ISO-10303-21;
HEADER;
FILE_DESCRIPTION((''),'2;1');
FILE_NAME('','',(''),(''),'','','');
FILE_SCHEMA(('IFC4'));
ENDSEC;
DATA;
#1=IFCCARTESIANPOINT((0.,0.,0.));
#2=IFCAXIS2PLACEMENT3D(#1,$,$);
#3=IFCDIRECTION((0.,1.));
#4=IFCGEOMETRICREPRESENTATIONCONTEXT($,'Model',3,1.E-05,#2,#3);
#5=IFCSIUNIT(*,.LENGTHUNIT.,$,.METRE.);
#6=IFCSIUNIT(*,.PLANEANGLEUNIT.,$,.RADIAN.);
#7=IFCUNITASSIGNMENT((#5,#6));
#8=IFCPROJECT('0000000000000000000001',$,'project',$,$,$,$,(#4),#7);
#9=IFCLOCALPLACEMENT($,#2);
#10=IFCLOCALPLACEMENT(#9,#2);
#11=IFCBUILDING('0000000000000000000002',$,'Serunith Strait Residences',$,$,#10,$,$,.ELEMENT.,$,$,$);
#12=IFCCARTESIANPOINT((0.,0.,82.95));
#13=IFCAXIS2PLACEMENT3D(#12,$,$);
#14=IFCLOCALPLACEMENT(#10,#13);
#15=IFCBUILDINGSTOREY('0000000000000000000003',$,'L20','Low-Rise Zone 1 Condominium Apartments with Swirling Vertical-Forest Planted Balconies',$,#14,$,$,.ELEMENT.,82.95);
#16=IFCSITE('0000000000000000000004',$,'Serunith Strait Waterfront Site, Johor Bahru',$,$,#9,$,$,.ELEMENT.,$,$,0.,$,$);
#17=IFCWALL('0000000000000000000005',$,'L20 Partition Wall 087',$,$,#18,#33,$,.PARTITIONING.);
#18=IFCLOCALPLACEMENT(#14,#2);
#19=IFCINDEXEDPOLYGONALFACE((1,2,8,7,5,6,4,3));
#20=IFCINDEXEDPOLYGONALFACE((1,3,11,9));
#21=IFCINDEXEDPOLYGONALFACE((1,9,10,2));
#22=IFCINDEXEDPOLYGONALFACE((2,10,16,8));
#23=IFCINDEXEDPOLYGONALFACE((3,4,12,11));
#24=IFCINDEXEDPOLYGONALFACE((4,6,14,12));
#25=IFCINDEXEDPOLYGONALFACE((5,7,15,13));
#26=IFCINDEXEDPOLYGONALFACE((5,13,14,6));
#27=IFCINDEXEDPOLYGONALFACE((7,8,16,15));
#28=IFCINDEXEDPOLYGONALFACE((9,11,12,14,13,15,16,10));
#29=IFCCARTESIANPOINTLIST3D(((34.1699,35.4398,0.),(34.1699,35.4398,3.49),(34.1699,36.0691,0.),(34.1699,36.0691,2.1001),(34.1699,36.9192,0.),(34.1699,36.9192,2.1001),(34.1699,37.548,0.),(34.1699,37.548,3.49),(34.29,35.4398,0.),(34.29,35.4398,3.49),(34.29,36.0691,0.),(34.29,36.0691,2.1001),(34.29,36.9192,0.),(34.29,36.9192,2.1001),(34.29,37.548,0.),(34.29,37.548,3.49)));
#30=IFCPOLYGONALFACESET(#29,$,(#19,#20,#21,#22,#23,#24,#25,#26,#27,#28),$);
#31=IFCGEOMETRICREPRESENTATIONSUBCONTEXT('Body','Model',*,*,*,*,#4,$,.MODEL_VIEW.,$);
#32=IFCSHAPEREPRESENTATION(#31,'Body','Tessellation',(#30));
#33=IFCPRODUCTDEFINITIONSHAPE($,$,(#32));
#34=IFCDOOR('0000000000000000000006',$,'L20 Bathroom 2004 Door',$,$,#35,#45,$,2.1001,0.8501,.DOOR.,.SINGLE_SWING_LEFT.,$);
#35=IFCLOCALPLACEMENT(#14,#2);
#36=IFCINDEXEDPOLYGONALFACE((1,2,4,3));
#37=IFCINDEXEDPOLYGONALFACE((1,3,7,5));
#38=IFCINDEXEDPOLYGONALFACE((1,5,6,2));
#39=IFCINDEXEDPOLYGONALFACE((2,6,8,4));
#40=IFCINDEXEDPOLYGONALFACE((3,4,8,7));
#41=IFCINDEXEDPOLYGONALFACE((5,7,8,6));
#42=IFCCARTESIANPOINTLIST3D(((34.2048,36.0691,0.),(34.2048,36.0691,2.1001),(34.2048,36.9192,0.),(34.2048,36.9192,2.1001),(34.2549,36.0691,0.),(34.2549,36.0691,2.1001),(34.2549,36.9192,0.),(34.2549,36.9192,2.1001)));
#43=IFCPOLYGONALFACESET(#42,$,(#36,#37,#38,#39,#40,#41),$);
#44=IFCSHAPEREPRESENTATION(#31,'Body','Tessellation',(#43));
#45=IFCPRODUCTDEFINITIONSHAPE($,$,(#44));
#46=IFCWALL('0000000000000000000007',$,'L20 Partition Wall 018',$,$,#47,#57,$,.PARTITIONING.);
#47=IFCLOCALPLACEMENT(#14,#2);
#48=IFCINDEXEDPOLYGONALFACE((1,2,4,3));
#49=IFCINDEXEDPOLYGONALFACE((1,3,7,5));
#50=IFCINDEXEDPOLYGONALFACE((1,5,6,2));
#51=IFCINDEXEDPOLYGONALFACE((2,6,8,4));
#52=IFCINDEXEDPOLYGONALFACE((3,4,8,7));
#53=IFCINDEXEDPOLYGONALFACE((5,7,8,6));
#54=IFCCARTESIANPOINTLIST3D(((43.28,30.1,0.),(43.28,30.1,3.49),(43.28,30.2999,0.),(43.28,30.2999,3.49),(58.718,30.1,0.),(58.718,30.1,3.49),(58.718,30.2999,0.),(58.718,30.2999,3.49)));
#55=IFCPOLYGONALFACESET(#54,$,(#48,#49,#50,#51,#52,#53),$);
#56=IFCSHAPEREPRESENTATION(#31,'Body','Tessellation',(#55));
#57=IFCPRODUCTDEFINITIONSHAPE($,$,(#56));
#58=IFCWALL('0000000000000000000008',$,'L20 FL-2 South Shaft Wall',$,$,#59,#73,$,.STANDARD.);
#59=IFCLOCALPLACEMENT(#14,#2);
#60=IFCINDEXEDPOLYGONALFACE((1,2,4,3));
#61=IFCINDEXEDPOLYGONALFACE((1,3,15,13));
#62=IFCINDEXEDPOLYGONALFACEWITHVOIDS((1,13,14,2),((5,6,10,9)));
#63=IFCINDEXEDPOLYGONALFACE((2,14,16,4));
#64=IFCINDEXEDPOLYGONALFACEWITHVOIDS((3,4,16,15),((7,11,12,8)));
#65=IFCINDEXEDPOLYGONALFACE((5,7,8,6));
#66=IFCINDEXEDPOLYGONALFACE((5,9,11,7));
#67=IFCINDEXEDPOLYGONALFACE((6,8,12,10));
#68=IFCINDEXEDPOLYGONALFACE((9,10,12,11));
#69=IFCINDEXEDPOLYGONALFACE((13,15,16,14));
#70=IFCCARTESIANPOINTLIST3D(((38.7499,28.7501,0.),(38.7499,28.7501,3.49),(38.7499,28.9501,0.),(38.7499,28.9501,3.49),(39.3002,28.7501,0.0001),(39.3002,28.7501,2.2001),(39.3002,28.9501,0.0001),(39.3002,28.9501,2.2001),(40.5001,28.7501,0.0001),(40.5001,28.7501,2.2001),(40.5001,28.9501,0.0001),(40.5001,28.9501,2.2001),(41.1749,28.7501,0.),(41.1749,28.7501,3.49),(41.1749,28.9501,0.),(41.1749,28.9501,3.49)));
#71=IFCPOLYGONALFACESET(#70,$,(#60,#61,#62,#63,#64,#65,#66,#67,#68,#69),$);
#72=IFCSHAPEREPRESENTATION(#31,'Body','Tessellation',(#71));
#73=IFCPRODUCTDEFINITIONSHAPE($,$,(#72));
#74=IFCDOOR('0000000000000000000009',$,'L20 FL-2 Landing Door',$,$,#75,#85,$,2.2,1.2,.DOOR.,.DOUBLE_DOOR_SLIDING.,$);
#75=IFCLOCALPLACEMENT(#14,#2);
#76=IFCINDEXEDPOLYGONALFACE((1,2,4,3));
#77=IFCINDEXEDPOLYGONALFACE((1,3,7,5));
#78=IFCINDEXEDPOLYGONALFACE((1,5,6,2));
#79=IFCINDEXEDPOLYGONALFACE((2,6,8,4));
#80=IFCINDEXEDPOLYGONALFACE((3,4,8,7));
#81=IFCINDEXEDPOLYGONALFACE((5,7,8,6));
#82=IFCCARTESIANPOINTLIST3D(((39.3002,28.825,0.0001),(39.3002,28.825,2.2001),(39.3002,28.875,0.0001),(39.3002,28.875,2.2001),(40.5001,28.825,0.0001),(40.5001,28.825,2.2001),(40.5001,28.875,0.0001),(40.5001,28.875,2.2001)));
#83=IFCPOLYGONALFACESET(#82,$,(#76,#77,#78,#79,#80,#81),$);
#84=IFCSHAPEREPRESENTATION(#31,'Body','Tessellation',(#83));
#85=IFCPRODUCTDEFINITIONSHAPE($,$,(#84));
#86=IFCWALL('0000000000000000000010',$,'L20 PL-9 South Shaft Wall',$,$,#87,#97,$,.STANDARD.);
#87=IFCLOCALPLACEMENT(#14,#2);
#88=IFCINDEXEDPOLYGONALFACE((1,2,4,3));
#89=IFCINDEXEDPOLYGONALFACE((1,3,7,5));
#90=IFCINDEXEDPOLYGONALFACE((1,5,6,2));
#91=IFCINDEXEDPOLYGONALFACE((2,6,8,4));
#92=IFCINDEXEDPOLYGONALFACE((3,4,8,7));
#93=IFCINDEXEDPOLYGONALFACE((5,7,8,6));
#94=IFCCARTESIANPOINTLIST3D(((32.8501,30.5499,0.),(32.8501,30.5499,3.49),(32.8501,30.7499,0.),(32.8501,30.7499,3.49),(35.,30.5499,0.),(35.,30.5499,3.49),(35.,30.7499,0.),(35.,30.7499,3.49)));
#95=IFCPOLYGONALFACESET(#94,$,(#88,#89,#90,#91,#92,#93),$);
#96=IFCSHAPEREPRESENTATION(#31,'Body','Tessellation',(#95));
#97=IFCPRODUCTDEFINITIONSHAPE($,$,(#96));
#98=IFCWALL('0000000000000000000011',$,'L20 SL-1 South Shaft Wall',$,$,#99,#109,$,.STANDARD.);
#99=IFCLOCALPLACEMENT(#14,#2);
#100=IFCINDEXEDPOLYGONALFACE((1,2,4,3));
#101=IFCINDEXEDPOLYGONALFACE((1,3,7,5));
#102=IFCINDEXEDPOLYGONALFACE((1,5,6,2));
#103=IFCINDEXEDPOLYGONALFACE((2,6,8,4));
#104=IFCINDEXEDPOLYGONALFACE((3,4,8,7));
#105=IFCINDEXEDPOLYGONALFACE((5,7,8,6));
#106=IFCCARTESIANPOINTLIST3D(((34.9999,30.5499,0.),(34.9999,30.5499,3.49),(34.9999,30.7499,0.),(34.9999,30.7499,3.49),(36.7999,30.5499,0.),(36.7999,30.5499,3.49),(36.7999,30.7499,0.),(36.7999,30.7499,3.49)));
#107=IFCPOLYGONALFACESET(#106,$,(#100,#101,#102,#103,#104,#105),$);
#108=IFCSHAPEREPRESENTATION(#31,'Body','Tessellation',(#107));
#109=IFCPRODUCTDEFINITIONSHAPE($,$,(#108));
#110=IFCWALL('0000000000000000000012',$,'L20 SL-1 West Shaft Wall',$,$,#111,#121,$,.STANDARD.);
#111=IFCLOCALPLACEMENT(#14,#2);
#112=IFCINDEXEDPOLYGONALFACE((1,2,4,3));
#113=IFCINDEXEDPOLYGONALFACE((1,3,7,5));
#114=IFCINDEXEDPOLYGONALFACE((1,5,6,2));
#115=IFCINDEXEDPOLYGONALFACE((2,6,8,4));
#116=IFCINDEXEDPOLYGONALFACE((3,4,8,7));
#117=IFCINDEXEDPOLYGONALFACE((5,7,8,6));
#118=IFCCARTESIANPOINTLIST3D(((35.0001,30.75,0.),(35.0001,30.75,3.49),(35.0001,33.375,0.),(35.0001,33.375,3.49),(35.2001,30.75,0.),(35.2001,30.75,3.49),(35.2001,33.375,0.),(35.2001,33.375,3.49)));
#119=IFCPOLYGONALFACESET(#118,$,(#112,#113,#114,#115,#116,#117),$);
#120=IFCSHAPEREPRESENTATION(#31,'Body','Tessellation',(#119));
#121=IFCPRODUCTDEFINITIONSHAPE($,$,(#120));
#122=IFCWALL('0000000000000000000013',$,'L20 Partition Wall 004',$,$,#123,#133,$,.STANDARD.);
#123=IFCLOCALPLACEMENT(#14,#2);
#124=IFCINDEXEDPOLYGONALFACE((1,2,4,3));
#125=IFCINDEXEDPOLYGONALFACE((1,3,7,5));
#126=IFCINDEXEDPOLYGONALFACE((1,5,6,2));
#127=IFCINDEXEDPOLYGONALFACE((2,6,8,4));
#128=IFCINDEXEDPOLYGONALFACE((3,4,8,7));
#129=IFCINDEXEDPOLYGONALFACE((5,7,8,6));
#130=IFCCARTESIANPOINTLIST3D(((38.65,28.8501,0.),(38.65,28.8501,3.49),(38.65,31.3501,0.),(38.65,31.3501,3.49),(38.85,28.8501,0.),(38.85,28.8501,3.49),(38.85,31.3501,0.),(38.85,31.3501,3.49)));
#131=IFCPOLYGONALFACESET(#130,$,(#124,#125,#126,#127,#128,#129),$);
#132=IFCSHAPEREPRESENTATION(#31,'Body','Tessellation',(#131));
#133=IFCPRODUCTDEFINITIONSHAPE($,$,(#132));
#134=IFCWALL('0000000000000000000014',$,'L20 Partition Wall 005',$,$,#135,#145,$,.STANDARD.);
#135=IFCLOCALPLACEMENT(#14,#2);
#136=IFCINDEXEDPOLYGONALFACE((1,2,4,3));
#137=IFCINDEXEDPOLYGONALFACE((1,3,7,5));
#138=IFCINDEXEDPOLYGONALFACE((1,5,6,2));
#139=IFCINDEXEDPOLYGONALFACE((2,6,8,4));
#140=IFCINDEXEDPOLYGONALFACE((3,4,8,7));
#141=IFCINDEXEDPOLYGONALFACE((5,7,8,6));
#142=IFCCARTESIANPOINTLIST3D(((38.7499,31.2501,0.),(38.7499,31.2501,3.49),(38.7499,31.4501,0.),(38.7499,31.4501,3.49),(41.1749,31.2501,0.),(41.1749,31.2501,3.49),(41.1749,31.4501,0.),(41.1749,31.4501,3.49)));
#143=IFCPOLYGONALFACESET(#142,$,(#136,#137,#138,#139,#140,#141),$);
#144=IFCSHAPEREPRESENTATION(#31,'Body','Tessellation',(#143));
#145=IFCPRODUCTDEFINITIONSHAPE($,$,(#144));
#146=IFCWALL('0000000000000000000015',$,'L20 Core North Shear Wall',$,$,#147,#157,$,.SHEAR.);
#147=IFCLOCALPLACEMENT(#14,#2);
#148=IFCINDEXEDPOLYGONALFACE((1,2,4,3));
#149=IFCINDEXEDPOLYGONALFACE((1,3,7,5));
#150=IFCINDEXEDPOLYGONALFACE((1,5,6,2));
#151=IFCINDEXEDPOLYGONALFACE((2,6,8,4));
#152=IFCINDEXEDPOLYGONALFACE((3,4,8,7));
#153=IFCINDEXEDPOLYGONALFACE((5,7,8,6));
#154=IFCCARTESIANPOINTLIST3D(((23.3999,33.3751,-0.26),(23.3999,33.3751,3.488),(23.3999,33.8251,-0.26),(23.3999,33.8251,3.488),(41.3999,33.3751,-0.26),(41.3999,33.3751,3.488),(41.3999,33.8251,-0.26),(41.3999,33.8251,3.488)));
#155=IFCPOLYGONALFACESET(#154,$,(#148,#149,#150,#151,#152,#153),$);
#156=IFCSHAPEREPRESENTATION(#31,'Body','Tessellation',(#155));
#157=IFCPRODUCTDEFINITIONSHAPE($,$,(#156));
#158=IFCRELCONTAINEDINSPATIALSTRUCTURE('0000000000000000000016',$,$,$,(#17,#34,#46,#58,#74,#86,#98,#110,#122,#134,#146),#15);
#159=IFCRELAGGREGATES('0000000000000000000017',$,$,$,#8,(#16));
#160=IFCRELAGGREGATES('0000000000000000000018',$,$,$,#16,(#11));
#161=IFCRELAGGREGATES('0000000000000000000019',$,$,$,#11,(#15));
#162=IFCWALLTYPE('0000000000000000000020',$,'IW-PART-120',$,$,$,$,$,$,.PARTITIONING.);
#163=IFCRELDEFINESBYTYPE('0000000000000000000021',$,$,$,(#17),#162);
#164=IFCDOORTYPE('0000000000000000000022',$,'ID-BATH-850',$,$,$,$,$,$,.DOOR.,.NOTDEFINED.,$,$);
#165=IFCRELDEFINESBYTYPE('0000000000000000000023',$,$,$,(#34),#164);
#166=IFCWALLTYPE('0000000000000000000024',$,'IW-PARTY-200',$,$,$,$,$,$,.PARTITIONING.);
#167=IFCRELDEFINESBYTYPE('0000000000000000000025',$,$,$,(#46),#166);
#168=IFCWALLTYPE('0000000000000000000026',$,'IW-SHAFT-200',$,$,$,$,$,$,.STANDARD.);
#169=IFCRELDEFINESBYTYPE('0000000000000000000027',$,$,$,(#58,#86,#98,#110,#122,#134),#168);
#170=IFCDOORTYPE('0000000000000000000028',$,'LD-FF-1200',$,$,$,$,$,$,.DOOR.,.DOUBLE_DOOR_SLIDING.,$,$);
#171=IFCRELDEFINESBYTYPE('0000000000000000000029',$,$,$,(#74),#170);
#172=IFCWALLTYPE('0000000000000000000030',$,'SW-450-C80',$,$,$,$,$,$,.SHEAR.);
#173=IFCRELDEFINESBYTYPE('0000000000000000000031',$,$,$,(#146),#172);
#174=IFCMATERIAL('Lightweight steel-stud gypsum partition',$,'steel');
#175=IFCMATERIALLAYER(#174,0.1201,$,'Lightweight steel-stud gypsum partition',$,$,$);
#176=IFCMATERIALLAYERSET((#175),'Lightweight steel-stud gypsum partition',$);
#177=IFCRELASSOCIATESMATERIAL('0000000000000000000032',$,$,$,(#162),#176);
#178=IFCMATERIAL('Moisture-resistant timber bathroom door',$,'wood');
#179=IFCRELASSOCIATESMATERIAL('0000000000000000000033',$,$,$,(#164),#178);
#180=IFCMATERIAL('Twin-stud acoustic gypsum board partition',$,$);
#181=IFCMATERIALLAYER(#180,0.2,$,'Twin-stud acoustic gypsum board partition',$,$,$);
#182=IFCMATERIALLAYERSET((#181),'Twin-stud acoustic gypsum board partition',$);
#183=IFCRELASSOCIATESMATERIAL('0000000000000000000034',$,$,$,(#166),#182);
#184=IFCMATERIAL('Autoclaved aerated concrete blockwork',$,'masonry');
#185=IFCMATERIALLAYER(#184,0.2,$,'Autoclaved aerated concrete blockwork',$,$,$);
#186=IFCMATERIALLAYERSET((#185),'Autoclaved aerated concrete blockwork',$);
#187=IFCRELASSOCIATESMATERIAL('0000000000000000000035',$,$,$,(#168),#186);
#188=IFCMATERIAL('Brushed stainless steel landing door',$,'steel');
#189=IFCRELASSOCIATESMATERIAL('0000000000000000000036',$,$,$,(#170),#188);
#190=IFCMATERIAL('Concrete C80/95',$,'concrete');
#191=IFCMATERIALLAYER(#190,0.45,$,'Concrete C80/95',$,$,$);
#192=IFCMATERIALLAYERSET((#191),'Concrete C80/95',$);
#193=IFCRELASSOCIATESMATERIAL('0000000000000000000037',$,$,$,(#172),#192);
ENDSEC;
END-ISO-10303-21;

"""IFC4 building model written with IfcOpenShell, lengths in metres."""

from ifc_helpers import new_model, si_unit, direction, frame, frame_2d, origin, place, context, subcontext, project, spatial, rectangle, extrude, source, transform, mapped, material, layer, layer_set, type_object, element, fill, save


model = new_model("IFC4")

# Units and contexts
model_context = context("Model", 3, precision=1e-05, world=origin(), true_north=direction((0.0, 1.0)))
body_context = subcontext(model_context, "Body", "Model", "MODEL_VIEW")
ifc_project = project(units=[si_unit("LENGTHUNIT", "METRE"), si_unit("PLANEANGLEUNIT", "RADIAN")], contexts=[model_context])

# Site, building, storey
site_placement = place(None, origin())
site = spatial("IfcSite", under=ifc_project, at=site_placement, Name="Serunith Strait Waterfront Site, Johor Bahru", CompositionType="ELEMENT", RefElevation=0.0)
building_placement = place(site_placement, origin())
building = spatial("IfcBuilding", under=site, at=building_placement, Name="Serunith Strait Residences", CompositionType="ELEMENT")
storey_placement = place(building_placement, frame((0.0, 0.0, 82.95)))
storey = spatial("IfcBuildingStorey", under=building, at=storey_placement, Name="L20", Description="Low-Rise Zone 1 Condominium Apartments with Swirling Vertical-Forest Planted Balconies", CompositionType="ELEMENT", Elevation=82.95)

# Wall, opening, door
shared_shape_1 = source(origin(), body_context, "Body", "SweptSolid", [
    extrude(rectangle(XDim=0.8501, YDim=2.1001, at=frame_2d((0.425, 1.05))), frame((0.0, 0.0249, 0.0), z_axis=(0.0, -1.0, 0.0), x_axis=(1.0, 0.0, 0.0)), (0.0, 0.0, 1.0), 0.05),
])
ifc_material_1 = material(Name="Lightweight steel-stud gypsum partition", Category="steel")
ifc_layer_1 = layer(ifc_material_1, 0.1201, Name="Lightweight steel-stud gypsum partition")
ifc_layer_set_1 = layer_set([ifc_layer_1], Name="Lightweight steel-stud gypsum partition")
wall_type_1 = type_object("IfcWallType", Name="IW-PART-120", PredefinedType="PARTITIONING", material=ifc_layer_set_1)
wall_1_placement = place(storey_placement, frame((34.23, 37.5481, 0.0), z_axis=(0.0, 0.0, 1.0), x_axis=(0.0, -1.0, 0.0)))
wall_1 = element("IfcWall", 1, at=wall_1_placement, inside=storey, type_object=wall_type_1, Name="L20 Partition Wall 087", PredefinedType="PARTITIONING", context=body_context, shape_type="SweptSolid", body=[
    extrude(rectangle(XDim=2.1082, YDim=0.1201, at=frame_2d((1.0542, 0.0))), origin(), (0.0, 0.0, 1.0), 3.49),
])
opening_1_placement = place(wall_1_placement, frame((0.6289, 0.0, 0.0)))
opening_1 = element("IfcOpeningElement", 2, at=opening_1_placement, cuts=wall_1, PredefinedType="OPENING", context=body_context, shape_type="SweptSolid", body=[
    extrude(rectangle(XDim=0.8501, YDim=2.1001, at=frame_2d((0.425, 1.05))), frame((0.0, 0.0701, 0.0), z_axis=(0.0, -1.0, 0.0), x_axis=(1.0, 0.0, 0.0)), (0.0, 0.0, 1.0), 0.1401),
])
ifc_material_2 = material(Name="Moisture-resistant timber bathroom door", Category="wood")
door_type_1 = type_object("IfcDoorType", Name="ID-BATH-850", OperationType="NOTDEFINED", PredefinedType="DOOR", material=ifc_material_2)
door_1_placement = place(opening_1_placement, origin())
door_1 = element("IfcDoor", 3, at=door_1_placement, inside=storey, type_object=door_type_1, Name="L20 Bathroom 2004 Door", OperationType="SINGLE_SWING_LEFT", OverallHeight=2.1001, OverallWidth=0.8501, PredefinedType="DOOR", context=body_context, shape_type="MappedRepresentation", body=[
    mapped(shared_shape_1, transform((0.0, 0.0, 0.0), scale=1.0)),
])
fill(opening_1, door_1)

# Wall
ifc_material_3 = material(Name="Twin-stud acoustic gypsum board partition")
ifc_layer_2 = layer(ifc_material_3, 0.2, Name="Twin-stud acoustic gypsum board partition")
ifc_layer_set_2 = layer_set([ifc_layer_2], Name="Twin-stud acoustic gypsum board partition")
wall_type_2 = type_object("IfcWallType", Name="IW-PARTY-200", PredefinedType="PARTITIONING", material=ifc_layer_set_2)
wall_2_placement = place(storey_placement, frame((43.28, 30.2, 0.0), z_axis=(0.0, 0.0, 1.0), x_axis=(1.0, 0.0, 0.0)))
element("IfcWall", 4, at=wall_2_placement, inside=storey, type_object=wall_type_2, Name="L20 Partition Wall 018", PredefinedType="PARTITIONING", context=body_context, shape_type="SweptSolid", body=[
    extrude(rectangle(XDim=15.438, YDim=0.2, at=frame_2d((7.719, 0.0))), origin(), (0.0, 0.0, 1.0), 3.49),
])

# Wall, opening, door
ifc_material_4 = material(Name="Autoclaved aerated concrete blockwork", Category="masonry")
ifc_layer_3 = layer(ifc_material_4, 0.2, Name="Autoclaved aerated concrete blockwork")
ifc_layer_set_3 = layer_set([ifc_layer_3], Name="Autoclaved aerated concrete blockwork")
wall_type_3 = type_object("IfcWallType", Name="IW-SHAFT-200", PredefinedType="STANDARD", material=ifc_layer_set_3)
wall_3_placement = place(storey_placement, frame((38.75, 28.8501, 0.0), z_axis=(0.0, 0.0, 1.0), x_axis=(1.0, 0.0, 0.0)))
wall_3 = element("IfcWall", 5, at=wall_3_placement, inside=storey, type_object=wall_type_3, Name="L20 FL-2 South Shaft Wall", PredefinedType="STANDARD", context=body_context, shape_type="SweptSolid", body=[
    extrude(rectangle(XDim=2.425, YDim=0.2, at=frame_2d((1.2124, 0.0))), origin(), (0.0, 0.0, 1.0), 3.49),
])
opening_2_placement = place(wall_3_placement, frame((0.55, 0.0, 0.0)))
opening_2 = element("IfcOpeningElement", 6, at=opening_2_placement, cuts=wall_3, PredefinedType="OPENING", context=body_context, shape_type="SweptSolid", body=[
    extrude(rectangle(XDim=1.2, YDim=2.2, at=frame_2d((0.6001, 1.1001))), frame((0.0, 0.1099, 0.0), z_axis=(0.0, -1.0, 0.0), x_axis=(1.0, 0.0, 0.0)), (0.0, 0.0, 1.0), 0.22),
])
ifc_material_5 = material(Name="Brushed stainless steel landing door", Category="steel")
door_type_2 = type_object("IfcDoorType", Name="LD-FF-1200", OperationType="DOUBLE_DOOR_SLIDING", PredefinedType="DOOR", material=ifc_material_5)
shared_shape_2 = source(origin(), body_context, "Body", "SweptSolid", [
    extrude(rectangle(XDim=1.2, YDim=2.2, at=frame_2d((0.6001, 1.1001))), frame((0.0, 0.0249, 0.0), z_axis=(0.0, -1.0, 0.0), x_axis=(1.0, 0.0, 0.0)), (0.0, 0.0, 1.0), 0.05),
])
door_2_placement = place(opening_2_placement, origin())
door_2 = element("IfcDoor", 7, at=door_2_placement, inside=storey, type_object=door_type_2, Name="L20 FL-2 Landing Door", OperationType="DOUBLE_DOOR_SLIDING", OverallHeight=2.2, OverallWidth=1.2, PredefinedType="DOOR", context=body_context, shape_type="MappedRepresentation", body=[
    mapped(shared_shape_2, transform((0.0, 0.0, 0.0), scale=1.0)),
])
fill(opening_2, door_2)

# Walls
wall_4_placement = place(storey_placement, frame((32.8501, 30.6499, 0.0), z_axis=(0.0, 0.0, 1.0), x_axis=(1.0, 0.0, 0.0)))
element("IfcWall", 8, at=wall_4_placement, inside=storey, type_object=wall_type_3, Name="L20 PL-9 South Shaft Wall", PredefinedType="STANDARD", context=body_context, shape_type="SweptSolid", body=[
    extrude(rectangle(XDim=2.1499, YDim=0.2, at=frame_2d((1.075, 0.0))), origin(), (0.0, 0.0, 1.0), 3.49),
])
wall_5_placement = place(storey_placement, frame((35.0, 30.6499, 0.0), z_axis=(0.0, 0.0, 1.0), x_axis=(1.0, 0.0, 0.0)))
element("IfcWall", 9, at=wall_5_placement, inside=storey, type_object=wall_type_3, Name="L20 SL-1 South Shaft Wall", PredefinedType="STANDARD", context=body_context, shape_type="SweptSolid", body=[
    extrude(rectangle(XDim=1.8, YDim=0.2, at=frame_2d((0.8999, 0.0))), origin(), (0.0, 0.0, 1.0), 3.49),
])
wall_6_placement = place(storey_placement, frame((35.1001, 30.75, 0.0), z_axis=(0.0, 0.0, 1.0), x_axis=(0.0, 1.0, 0.0)))
element("IfcWall", 10, at=wall_6_placement, inside=storey, type_object=wall_type_3, Name="L20 SL-1 West Shaft Wall", PredefinedType="STANDARD", context=body_context, shape_type="SweptSolid", body=[
    extrude(rectangle(XDim=2.625, YDim=0.2, at=frame_2d((1.3125, 0.0))), origin(), (0.0, 0.0, 1.0), 3.49),
])
wall_7_placement = place(storey_placement, frame((38.75, 28.8501, 0.0), z_axis=(0.0, 0.0, 1.0), x_axis=(0.0, 1.0, 0.0)))
element("IfcWall", 11, at=wall_7_placement, inside=storey, type_object=wall_type_3, Name="L20 Partition Wall 004", PredefinedType="STANDARD", context=body_context, shape_type="SweptSolid", body=[
    extrude(rectangle(XDim=2.5, YDim=0.2, at=frame_2d((1.25, 0.0))), origin(), (0.0, 0.0, 1.0), 3.49),
])
wall_8_placement = place(storey_placement, frame((38.75, 31.3501, 0.0), z_axis=(0.0, 0.0, 1.0), x_axis=(1.0, 0.0, 0.0)))
element("IfcWall", 12, at=wall_8_placement, inside=storey, type_object=wall_type_3, Name="L20 Partition Wall 005", PredefinedType="STANDARD", context=body_context, shape_type="SweptSolid", body=[
    extrude(rectangle(XDim=2.425, YDim=0.2, at=frame_2d((1.2124, 0.0))), origin(), (0.0, 0.0, 1.0), 3.49),
])
ifc_material_6 = material(Name="Concrete C80/95", Category="concrete")
ifc_layer_4 = layer(ifc_material_6, 0.45, Name="Concrete C80/95")
ifc_layer_set_4 = layer_set([ifc_layer_4], Name="Concrete C80/95")
wall_type_4 = type_object("IfcWallType", Name="SW-450-C80", PredefinedType="SHEAR", material=ifc_layer_set_4)
wall_9_placement = place(storey_placement, frame((41.3999, 33.6001, -0.26), z_axis=(0.0, 0.0, 1.0), x_axis=(-1.0, 0.0, 0.0)))
element("IfcWall", 13, at=wall_9_placement, inside=storey, type_object=wall_type_4, Name="L20 Core North Shear Wall", PredefinedType="SHEAR", context=body_context, shape_type="SweptSolid", body=[
    extrude(rectangle(XDim=18.0, YDim=0.45, at=frame_2d((9.0, 0.0))), origin(), (0.0, 0.0, 1.0), 3.748),
])

save(model, "model.ifc")
